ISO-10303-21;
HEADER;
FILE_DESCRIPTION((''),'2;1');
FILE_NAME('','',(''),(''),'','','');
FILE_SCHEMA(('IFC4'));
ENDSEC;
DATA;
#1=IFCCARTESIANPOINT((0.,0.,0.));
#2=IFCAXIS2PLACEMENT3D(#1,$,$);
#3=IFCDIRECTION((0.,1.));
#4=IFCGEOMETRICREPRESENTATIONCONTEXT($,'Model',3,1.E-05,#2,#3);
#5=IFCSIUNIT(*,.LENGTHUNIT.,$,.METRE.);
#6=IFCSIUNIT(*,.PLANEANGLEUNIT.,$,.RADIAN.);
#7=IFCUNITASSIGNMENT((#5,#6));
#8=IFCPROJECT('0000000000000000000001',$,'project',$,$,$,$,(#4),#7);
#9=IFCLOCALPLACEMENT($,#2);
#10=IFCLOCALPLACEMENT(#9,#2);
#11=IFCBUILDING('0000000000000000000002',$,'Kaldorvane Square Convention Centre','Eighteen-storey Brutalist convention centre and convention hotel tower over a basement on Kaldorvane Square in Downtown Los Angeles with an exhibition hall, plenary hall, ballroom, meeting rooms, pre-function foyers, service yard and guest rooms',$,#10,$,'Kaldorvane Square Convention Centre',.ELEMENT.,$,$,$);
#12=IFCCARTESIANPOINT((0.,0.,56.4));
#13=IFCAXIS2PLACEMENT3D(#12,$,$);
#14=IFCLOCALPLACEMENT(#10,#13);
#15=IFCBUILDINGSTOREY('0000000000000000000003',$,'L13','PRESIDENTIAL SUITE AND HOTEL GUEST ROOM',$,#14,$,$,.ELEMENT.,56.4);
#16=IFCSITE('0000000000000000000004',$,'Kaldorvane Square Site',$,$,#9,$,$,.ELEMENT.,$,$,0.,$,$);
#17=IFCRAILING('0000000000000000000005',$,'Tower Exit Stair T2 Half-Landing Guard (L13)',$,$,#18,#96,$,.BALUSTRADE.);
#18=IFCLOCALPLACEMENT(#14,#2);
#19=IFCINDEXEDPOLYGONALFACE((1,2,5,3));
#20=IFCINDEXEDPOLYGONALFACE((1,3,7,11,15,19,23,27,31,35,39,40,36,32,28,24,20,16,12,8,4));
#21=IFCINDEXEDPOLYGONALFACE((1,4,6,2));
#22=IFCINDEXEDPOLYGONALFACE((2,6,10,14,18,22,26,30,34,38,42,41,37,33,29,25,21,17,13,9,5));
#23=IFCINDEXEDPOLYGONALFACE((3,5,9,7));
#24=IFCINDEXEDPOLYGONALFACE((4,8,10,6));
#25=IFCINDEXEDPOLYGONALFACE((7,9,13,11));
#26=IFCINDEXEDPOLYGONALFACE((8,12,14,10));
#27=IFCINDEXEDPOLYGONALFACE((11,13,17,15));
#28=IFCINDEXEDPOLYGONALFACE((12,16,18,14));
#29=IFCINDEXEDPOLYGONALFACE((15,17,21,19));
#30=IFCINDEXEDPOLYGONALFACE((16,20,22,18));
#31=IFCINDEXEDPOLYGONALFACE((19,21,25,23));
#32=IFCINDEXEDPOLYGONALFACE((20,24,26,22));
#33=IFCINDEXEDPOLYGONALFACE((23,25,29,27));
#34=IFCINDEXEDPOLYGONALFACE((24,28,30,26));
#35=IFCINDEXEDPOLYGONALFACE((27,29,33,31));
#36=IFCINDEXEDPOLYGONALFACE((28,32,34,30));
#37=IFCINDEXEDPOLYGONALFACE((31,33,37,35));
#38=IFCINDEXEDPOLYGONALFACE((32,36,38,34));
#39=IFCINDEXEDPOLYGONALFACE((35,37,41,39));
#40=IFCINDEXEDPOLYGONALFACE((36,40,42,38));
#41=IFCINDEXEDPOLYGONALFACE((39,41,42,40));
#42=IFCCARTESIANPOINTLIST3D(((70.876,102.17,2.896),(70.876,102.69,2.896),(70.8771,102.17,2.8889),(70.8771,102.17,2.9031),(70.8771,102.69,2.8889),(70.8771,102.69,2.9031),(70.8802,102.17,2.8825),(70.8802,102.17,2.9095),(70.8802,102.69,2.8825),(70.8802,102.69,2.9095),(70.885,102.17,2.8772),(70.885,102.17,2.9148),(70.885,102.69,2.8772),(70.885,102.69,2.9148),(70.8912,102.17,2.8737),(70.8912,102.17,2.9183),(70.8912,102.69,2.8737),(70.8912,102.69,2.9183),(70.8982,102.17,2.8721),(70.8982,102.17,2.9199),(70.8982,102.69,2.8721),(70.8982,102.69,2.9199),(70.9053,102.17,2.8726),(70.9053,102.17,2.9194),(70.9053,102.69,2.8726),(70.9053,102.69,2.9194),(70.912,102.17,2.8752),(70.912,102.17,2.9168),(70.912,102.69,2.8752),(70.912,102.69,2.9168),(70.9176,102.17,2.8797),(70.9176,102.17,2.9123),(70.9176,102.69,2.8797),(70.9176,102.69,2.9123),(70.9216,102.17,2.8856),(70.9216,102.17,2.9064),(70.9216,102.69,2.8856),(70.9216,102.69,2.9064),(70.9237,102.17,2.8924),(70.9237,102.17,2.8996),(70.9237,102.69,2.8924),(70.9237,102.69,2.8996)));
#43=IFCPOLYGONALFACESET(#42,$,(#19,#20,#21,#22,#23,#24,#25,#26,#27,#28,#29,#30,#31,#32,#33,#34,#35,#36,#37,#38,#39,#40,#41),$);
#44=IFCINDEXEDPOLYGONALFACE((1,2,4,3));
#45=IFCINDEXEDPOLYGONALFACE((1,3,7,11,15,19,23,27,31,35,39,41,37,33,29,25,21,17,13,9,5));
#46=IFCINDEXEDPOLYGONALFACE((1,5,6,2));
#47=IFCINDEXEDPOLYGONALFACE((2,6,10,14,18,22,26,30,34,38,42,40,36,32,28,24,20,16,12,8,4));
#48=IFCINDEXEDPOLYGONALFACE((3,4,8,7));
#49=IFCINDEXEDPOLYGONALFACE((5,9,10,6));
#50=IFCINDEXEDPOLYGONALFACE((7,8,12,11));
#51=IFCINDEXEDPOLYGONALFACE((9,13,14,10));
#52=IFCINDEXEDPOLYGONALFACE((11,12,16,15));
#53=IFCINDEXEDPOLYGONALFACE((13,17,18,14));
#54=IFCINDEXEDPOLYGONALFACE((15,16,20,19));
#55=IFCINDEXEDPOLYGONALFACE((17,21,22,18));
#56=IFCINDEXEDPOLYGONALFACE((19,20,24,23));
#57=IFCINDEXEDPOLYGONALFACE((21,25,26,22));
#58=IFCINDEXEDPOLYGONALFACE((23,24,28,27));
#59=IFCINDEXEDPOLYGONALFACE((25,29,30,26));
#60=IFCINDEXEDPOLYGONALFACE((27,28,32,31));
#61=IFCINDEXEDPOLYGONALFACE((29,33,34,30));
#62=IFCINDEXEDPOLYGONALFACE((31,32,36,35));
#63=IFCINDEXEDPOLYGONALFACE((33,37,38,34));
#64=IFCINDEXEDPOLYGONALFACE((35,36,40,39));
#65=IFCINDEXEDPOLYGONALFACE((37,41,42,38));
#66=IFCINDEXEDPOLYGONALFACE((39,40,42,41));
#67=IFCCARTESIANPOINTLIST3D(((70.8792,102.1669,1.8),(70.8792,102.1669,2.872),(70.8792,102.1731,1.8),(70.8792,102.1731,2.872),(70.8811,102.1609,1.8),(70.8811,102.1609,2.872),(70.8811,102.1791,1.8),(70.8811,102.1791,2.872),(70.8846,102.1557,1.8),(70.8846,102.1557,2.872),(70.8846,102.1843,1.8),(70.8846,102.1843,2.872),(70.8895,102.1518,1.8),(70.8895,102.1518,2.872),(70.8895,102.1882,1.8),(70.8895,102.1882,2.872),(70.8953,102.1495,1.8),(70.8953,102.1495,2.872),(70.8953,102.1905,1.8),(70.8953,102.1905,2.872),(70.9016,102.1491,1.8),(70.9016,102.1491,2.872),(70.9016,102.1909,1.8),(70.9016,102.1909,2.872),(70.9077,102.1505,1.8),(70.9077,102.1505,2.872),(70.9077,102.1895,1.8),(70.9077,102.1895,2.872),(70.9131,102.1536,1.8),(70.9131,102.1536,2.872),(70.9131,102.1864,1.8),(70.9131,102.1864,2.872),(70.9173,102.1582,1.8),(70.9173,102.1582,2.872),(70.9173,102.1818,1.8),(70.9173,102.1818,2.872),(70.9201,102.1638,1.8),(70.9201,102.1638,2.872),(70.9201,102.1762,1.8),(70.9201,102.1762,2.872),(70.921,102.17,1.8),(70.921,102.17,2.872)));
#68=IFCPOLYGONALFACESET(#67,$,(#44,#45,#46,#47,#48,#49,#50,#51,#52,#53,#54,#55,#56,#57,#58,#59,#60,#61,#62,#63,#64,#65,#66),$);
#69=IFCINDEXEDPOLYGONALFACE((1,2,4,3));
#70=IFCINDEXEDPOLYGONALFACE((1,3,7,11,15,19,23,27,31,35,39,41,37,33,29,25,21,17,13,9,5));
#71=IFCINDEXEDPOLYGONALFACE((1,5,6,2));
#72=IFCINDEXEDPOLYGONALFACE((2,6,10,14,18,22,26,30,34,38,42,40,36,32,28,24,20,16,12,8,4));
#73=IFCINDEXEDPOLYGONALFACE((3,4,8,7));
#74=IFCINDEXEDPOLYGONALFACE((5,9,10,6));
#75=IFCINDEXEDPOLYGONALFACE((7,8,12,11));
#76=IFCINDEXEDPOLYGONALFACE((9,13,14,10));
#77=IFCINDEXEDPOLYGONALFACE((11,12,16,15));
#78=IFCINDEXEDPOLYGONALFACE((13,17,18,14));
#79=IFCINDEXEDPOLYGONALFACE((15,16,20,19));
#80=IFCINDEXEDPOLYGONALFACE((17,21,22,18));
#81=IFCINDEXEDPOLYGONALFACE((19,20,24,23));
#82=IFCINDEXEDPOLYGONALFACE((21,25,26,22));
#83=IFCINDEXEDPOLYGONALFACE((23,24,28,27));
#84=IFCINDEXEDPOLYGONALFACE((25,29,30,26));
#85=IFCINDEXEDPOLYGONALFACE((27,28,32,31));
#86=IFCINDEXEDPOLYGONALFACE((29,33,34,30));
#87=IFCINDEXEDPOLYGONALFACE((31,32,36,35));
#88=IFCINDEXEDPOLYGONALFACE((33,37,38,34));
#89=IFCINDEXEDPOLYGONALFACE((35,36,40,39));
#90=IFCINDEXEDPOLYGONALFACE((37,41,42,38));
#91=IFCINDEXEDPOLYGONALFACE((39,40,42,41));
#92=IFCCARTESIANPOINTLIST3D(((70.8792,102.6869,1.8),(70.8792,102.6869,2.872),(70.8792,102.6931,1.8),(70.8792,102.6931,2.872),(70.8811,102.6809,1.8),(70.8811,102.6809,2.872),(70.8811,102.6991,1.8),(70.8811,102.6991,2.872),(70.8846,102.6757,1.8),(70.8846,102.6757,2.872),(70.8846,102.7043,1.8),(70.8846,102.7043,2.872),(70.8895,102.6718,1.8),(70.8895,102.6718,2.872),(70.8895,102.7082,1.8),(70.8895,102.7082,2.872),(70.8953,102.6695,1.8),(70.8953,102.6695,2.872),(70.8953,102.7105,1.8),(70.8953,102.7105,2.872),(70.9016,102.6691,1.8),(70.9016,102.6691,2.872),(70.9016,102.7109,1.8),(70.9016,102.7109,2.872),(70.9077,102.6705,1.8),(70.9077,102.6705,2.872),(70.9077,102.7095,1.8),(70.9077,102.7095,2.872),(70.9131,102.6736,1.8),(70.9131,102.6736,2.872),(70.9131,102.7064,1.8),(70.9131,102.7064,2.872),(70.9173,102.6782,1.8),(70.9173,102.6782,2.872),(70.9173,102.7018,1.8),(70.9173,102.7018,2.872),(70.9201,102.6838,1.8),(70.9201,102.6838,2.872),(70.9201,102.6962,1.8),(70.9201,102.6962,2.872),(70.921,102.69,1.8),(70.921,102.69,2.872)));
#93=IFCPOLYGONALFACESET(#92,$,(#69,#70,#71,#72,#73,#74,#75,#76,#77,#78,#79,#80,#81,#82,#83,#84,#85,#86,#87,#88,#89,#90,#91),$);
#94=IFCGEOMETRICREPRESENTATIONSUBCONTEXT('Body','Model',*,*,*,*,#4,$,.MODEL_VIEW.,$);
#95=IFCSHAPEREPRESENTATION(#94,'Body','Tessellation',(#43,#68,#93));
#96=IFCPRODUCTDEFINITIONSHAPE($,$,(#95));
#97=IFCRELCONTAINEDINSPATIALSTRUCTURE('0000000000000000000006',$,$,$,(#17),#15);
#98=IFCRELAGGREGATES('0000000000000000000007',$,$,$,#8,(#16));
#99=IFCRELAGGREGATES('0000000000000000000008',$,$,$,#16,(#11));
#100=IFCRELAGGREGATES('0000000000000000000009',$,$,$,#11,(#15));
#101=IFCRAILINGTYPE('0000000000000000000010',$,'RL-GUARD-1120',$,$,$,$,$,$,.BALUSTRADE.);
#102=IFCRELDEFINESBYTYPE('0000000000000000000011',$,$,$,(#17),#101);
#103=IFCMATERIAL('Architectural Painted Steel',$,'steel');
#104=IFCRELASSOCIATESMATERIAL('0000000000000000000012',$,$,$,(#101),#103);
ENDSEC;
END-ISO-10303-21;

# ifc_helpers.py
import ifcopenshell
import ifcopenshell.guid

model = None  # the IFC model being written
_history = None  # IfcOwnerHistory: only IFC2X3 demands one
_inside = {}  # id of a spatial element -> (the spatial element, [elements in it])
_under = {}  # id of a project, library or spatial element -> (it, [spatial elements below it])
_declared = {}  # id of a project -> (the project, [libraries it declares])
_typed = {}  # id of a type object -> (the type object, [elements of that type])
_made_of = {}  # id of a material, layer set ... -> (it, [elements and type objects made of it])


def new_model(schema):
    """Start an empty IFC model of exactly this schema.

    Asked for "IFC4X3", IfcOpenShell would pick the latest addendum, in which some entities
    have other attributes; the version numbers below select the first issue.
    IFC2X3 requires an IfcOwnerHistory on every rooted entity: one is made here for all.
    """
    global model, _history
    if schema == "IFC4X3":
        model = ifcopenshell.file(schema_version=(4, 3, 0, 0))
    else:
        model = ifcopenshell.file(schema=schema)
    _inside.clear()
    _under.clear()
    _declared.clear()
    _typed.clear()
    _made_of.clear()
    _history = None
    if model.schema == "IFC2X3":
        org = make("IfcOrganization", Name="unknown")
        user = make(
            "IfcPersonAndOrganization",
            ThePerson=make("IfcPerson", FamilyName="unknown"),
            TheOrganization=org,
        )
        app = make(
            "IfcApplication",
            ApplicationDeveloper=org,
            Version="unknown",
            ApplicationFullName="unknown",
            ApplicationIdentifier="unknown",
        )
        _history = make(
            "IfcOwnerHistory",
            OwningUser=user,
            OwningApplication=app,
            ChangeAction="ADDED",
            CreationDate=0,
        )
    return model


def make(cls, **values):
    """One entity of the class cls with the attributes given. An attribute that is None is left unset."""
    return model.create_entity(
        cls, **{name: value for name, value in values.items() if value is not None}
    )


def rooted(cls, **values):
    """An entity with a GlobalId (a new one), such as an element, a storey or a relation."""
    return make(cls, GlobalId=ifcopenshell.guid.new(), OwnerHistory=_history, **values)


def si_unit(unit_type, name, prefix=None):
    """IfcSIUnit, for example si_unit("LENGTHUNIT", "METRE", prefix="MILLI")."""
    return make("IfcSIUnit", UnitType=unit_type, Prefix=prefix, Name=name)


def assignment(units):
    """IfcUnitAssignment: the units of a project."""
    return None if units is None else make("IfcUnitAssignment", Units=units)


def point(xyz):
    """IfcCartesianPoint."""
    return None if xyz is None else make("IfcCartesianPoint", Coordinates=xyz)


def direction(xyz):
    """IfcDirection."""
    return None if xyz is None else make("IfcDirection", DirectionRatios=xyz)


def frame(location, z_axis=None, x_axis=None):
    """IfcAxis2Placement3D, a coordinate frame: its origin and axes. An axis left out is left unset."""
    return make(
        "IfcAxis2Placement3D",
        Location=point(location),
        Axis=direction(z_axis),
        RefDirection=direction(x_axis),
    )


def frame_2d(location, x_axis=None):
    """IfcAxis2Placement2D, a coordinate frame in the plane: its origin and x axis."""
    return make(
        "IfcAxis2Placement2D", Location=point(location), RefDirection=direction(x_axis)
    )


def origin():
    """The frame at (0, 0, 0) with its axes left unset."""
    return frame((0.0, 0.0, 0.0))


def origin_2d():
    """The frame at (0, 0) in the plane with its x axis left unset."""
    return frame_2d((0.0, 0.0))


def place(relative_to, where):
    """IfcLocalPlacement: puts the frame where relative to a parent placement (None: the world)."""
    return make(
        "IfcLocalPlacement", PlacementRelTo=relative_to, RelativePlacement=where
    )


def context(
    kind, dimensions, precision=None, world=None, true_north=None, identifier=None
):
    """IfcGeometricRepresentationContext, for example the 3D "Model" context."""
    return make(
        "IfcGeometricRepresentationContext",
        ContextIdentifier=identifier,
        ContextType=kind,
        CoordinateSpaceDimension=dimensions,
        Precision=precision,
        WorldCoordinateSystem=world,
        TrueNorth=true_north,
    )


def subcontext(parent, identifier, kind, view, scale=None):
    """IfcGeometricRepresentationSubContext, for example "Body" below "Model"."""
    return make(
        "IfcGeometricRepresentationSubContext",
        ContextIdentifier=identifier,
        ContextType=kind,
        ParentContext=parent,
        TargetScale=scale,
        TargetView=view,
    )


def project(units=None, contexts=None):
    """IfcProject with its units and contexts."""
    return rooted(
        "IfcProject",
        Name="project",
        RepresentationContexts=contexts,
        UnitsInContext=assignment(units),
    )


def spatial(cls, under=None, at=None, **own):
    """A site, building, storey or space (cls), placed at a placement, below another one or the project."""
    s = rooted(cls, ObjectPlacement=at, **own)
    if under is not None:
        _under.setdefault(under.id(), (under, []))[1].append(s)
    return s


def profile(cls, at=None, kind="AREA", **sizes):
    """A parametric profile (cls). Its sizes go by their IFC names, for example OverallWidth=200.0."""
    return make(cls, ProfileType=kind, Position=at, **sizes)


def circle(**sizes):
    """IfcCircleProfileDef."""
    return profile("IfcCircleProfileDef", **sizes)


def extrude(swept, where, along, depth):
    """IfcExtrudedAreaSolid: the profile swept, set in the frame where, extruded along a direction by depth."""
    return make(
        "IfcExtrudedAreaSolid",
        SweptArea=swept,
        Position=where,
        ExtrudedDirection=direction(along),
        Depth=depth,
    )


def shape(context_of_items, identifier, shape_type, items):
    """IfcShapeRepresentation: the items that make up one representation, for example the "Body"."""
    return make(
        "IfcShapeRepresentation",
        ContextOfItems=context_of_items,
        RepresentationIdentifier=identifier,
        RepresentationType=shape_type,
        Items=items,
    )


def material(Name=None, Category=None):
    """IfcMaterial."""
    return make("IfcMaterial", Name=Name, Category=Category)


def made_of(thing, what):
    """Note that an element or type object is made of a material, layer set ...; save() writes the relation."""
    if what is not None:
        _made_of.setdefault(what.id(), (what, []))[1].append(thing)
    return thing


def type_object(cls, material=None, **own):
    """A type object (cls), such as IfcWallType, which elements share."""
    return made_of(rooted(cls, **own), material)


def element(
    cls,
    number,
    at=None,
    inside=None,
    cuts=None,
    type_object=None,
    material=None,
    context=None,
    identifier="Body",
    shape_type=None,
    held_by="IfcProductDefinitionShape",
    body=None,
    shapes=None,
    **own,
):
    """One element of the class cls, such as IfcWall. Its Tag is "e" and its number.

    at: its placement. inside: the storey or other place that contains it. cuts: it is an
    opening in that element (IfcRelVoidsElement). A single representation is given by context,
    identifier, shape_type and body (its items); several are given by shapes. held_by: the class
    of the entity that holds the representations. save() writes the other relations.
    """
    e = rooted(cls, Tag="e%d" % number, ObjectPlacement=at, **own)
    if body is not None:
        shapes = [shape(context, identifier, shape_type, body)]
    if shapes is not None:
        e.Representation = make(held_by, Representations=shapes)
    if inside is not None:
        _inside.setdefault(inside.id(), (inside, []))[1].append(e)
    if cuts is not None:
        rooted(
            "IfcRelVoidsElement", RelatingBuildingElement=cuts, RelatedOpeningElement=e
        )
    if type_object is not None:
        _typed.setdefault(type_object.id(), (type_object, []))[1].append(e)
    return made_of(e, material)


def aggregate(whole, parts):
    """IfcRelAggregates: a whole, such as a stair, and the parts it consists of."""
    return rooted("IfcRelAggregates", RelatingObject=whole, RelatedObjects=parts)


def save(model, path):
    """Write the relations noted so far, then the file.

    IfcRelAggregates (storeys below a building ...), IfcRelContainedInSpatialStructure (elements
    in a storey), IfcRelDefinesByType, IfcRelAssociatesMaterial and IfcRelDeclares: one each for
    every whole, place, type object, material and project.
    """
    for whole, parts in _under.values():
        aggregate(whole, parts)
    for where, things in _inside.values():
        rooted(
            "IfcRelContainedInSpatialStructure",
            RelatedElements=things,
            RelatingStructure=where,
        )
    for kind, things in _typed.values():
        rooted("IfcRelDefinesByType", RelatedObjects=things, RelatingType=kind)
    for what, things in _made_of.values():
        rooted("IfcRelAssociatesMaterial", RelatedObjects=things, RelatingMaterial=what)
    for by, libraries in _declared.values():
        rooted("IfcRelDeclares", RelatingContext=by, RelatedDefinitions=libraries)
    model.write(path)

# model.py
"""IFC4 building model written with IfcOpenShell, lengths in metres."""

from ifc_helpers import new_model, si_unit, direction, frame, origin, origin_2d, place, context, subcontext, project, spatial, circle, extrude, material, type_object, element, save


model = new_model("IFC4")

# Units and contexts
model_context = context("Model", 3, precision=1e-05, world=origin(), true_north=direction((0.0, 1.0)))
body_context = subcontext(model_context, "Body", "Model", "MODEL_VIEW")
ifc_project = project(units=[si_unit("LENGTHUNIT", "METRE"), si_unit("PLANEANGLEUNIT", "RADIAN")], contexts=[model_context])

# Site, building, storey
site_placement = place(None, origin())
site = spatial("IfcSite", under=ifc_project, at=site_placement, Name="Kaldorvane Square Site", CompositionType="ELEMENT", RefElevation=0.0)
building_placement = place(site_placement, origin())
building = spatial("IfcBuilding", under=site, at=building_placement, Name="Kaldorvane Square Convention Centre", Description="Eighteen-storey Brutalist convention centre and convention hotel tower over a basement on Kaldorvane Square in Downtown Los Angeles with an exhibition hall, plenary hall, ballroom, meeting rooms, pre-function foyers, service yard and guest rooms", LongName="Kaldorvane Square Convention Centre", CompositionType="ELEMENT")
storey_placement = place(building_placement, frame((0.0, 0.0, 56.4)))
storey = spatial("IfcBuildingStorey", under=building, at=storey_placement, Name="L13", Description="PRESIDENTIAL SUITE AND HOTEL GUEST ROOM", CompositionType="ELEMENT", Elevation=56.4)

# Railing
ifc_material_1 = material(Name="Architectural Painted Steel", Category="steel")
railing_type_1 = type_object("IfcRailingType", Name="RL-GUARD-1120", PredefinedType="BALUSTRADE", material=ifc_material_1)
for number, where, name in (
    (1, (70.9, 102.17, 1.8), "Tower Exit Stair T2 Half-Landing Guard (L13)"),
):
    element("IfcRailing", number, at=place(storey_placement, frame(where)), inside=storey, type_object=railing_type_1, Name=name, PredefinedType="BALUSTRADE", context=body_context, shape_type="SweptSolid", body=[
        extrude(circle(Radius=0.024, at=origin_2d()), frame((0.0, 0.0, 1.096), z_axis=(0.0, 1.0, 0.0), x_axis=(-1.0, 0.0, 0.0)), (0.0, 0.0, 1.0), 0.52),
        extrude(circle(Radius=0.021, at=origin_2d()), origin(), (0.0, 0.0, 1.0), 1.072),
        extrude(circle(Radius=0.021, at=origin_2d()), frame((0.0, 0.52, 0.0)), (0.0, 0.0, 1.0), 1.072),
    ])

save(model, "model.ifc")
